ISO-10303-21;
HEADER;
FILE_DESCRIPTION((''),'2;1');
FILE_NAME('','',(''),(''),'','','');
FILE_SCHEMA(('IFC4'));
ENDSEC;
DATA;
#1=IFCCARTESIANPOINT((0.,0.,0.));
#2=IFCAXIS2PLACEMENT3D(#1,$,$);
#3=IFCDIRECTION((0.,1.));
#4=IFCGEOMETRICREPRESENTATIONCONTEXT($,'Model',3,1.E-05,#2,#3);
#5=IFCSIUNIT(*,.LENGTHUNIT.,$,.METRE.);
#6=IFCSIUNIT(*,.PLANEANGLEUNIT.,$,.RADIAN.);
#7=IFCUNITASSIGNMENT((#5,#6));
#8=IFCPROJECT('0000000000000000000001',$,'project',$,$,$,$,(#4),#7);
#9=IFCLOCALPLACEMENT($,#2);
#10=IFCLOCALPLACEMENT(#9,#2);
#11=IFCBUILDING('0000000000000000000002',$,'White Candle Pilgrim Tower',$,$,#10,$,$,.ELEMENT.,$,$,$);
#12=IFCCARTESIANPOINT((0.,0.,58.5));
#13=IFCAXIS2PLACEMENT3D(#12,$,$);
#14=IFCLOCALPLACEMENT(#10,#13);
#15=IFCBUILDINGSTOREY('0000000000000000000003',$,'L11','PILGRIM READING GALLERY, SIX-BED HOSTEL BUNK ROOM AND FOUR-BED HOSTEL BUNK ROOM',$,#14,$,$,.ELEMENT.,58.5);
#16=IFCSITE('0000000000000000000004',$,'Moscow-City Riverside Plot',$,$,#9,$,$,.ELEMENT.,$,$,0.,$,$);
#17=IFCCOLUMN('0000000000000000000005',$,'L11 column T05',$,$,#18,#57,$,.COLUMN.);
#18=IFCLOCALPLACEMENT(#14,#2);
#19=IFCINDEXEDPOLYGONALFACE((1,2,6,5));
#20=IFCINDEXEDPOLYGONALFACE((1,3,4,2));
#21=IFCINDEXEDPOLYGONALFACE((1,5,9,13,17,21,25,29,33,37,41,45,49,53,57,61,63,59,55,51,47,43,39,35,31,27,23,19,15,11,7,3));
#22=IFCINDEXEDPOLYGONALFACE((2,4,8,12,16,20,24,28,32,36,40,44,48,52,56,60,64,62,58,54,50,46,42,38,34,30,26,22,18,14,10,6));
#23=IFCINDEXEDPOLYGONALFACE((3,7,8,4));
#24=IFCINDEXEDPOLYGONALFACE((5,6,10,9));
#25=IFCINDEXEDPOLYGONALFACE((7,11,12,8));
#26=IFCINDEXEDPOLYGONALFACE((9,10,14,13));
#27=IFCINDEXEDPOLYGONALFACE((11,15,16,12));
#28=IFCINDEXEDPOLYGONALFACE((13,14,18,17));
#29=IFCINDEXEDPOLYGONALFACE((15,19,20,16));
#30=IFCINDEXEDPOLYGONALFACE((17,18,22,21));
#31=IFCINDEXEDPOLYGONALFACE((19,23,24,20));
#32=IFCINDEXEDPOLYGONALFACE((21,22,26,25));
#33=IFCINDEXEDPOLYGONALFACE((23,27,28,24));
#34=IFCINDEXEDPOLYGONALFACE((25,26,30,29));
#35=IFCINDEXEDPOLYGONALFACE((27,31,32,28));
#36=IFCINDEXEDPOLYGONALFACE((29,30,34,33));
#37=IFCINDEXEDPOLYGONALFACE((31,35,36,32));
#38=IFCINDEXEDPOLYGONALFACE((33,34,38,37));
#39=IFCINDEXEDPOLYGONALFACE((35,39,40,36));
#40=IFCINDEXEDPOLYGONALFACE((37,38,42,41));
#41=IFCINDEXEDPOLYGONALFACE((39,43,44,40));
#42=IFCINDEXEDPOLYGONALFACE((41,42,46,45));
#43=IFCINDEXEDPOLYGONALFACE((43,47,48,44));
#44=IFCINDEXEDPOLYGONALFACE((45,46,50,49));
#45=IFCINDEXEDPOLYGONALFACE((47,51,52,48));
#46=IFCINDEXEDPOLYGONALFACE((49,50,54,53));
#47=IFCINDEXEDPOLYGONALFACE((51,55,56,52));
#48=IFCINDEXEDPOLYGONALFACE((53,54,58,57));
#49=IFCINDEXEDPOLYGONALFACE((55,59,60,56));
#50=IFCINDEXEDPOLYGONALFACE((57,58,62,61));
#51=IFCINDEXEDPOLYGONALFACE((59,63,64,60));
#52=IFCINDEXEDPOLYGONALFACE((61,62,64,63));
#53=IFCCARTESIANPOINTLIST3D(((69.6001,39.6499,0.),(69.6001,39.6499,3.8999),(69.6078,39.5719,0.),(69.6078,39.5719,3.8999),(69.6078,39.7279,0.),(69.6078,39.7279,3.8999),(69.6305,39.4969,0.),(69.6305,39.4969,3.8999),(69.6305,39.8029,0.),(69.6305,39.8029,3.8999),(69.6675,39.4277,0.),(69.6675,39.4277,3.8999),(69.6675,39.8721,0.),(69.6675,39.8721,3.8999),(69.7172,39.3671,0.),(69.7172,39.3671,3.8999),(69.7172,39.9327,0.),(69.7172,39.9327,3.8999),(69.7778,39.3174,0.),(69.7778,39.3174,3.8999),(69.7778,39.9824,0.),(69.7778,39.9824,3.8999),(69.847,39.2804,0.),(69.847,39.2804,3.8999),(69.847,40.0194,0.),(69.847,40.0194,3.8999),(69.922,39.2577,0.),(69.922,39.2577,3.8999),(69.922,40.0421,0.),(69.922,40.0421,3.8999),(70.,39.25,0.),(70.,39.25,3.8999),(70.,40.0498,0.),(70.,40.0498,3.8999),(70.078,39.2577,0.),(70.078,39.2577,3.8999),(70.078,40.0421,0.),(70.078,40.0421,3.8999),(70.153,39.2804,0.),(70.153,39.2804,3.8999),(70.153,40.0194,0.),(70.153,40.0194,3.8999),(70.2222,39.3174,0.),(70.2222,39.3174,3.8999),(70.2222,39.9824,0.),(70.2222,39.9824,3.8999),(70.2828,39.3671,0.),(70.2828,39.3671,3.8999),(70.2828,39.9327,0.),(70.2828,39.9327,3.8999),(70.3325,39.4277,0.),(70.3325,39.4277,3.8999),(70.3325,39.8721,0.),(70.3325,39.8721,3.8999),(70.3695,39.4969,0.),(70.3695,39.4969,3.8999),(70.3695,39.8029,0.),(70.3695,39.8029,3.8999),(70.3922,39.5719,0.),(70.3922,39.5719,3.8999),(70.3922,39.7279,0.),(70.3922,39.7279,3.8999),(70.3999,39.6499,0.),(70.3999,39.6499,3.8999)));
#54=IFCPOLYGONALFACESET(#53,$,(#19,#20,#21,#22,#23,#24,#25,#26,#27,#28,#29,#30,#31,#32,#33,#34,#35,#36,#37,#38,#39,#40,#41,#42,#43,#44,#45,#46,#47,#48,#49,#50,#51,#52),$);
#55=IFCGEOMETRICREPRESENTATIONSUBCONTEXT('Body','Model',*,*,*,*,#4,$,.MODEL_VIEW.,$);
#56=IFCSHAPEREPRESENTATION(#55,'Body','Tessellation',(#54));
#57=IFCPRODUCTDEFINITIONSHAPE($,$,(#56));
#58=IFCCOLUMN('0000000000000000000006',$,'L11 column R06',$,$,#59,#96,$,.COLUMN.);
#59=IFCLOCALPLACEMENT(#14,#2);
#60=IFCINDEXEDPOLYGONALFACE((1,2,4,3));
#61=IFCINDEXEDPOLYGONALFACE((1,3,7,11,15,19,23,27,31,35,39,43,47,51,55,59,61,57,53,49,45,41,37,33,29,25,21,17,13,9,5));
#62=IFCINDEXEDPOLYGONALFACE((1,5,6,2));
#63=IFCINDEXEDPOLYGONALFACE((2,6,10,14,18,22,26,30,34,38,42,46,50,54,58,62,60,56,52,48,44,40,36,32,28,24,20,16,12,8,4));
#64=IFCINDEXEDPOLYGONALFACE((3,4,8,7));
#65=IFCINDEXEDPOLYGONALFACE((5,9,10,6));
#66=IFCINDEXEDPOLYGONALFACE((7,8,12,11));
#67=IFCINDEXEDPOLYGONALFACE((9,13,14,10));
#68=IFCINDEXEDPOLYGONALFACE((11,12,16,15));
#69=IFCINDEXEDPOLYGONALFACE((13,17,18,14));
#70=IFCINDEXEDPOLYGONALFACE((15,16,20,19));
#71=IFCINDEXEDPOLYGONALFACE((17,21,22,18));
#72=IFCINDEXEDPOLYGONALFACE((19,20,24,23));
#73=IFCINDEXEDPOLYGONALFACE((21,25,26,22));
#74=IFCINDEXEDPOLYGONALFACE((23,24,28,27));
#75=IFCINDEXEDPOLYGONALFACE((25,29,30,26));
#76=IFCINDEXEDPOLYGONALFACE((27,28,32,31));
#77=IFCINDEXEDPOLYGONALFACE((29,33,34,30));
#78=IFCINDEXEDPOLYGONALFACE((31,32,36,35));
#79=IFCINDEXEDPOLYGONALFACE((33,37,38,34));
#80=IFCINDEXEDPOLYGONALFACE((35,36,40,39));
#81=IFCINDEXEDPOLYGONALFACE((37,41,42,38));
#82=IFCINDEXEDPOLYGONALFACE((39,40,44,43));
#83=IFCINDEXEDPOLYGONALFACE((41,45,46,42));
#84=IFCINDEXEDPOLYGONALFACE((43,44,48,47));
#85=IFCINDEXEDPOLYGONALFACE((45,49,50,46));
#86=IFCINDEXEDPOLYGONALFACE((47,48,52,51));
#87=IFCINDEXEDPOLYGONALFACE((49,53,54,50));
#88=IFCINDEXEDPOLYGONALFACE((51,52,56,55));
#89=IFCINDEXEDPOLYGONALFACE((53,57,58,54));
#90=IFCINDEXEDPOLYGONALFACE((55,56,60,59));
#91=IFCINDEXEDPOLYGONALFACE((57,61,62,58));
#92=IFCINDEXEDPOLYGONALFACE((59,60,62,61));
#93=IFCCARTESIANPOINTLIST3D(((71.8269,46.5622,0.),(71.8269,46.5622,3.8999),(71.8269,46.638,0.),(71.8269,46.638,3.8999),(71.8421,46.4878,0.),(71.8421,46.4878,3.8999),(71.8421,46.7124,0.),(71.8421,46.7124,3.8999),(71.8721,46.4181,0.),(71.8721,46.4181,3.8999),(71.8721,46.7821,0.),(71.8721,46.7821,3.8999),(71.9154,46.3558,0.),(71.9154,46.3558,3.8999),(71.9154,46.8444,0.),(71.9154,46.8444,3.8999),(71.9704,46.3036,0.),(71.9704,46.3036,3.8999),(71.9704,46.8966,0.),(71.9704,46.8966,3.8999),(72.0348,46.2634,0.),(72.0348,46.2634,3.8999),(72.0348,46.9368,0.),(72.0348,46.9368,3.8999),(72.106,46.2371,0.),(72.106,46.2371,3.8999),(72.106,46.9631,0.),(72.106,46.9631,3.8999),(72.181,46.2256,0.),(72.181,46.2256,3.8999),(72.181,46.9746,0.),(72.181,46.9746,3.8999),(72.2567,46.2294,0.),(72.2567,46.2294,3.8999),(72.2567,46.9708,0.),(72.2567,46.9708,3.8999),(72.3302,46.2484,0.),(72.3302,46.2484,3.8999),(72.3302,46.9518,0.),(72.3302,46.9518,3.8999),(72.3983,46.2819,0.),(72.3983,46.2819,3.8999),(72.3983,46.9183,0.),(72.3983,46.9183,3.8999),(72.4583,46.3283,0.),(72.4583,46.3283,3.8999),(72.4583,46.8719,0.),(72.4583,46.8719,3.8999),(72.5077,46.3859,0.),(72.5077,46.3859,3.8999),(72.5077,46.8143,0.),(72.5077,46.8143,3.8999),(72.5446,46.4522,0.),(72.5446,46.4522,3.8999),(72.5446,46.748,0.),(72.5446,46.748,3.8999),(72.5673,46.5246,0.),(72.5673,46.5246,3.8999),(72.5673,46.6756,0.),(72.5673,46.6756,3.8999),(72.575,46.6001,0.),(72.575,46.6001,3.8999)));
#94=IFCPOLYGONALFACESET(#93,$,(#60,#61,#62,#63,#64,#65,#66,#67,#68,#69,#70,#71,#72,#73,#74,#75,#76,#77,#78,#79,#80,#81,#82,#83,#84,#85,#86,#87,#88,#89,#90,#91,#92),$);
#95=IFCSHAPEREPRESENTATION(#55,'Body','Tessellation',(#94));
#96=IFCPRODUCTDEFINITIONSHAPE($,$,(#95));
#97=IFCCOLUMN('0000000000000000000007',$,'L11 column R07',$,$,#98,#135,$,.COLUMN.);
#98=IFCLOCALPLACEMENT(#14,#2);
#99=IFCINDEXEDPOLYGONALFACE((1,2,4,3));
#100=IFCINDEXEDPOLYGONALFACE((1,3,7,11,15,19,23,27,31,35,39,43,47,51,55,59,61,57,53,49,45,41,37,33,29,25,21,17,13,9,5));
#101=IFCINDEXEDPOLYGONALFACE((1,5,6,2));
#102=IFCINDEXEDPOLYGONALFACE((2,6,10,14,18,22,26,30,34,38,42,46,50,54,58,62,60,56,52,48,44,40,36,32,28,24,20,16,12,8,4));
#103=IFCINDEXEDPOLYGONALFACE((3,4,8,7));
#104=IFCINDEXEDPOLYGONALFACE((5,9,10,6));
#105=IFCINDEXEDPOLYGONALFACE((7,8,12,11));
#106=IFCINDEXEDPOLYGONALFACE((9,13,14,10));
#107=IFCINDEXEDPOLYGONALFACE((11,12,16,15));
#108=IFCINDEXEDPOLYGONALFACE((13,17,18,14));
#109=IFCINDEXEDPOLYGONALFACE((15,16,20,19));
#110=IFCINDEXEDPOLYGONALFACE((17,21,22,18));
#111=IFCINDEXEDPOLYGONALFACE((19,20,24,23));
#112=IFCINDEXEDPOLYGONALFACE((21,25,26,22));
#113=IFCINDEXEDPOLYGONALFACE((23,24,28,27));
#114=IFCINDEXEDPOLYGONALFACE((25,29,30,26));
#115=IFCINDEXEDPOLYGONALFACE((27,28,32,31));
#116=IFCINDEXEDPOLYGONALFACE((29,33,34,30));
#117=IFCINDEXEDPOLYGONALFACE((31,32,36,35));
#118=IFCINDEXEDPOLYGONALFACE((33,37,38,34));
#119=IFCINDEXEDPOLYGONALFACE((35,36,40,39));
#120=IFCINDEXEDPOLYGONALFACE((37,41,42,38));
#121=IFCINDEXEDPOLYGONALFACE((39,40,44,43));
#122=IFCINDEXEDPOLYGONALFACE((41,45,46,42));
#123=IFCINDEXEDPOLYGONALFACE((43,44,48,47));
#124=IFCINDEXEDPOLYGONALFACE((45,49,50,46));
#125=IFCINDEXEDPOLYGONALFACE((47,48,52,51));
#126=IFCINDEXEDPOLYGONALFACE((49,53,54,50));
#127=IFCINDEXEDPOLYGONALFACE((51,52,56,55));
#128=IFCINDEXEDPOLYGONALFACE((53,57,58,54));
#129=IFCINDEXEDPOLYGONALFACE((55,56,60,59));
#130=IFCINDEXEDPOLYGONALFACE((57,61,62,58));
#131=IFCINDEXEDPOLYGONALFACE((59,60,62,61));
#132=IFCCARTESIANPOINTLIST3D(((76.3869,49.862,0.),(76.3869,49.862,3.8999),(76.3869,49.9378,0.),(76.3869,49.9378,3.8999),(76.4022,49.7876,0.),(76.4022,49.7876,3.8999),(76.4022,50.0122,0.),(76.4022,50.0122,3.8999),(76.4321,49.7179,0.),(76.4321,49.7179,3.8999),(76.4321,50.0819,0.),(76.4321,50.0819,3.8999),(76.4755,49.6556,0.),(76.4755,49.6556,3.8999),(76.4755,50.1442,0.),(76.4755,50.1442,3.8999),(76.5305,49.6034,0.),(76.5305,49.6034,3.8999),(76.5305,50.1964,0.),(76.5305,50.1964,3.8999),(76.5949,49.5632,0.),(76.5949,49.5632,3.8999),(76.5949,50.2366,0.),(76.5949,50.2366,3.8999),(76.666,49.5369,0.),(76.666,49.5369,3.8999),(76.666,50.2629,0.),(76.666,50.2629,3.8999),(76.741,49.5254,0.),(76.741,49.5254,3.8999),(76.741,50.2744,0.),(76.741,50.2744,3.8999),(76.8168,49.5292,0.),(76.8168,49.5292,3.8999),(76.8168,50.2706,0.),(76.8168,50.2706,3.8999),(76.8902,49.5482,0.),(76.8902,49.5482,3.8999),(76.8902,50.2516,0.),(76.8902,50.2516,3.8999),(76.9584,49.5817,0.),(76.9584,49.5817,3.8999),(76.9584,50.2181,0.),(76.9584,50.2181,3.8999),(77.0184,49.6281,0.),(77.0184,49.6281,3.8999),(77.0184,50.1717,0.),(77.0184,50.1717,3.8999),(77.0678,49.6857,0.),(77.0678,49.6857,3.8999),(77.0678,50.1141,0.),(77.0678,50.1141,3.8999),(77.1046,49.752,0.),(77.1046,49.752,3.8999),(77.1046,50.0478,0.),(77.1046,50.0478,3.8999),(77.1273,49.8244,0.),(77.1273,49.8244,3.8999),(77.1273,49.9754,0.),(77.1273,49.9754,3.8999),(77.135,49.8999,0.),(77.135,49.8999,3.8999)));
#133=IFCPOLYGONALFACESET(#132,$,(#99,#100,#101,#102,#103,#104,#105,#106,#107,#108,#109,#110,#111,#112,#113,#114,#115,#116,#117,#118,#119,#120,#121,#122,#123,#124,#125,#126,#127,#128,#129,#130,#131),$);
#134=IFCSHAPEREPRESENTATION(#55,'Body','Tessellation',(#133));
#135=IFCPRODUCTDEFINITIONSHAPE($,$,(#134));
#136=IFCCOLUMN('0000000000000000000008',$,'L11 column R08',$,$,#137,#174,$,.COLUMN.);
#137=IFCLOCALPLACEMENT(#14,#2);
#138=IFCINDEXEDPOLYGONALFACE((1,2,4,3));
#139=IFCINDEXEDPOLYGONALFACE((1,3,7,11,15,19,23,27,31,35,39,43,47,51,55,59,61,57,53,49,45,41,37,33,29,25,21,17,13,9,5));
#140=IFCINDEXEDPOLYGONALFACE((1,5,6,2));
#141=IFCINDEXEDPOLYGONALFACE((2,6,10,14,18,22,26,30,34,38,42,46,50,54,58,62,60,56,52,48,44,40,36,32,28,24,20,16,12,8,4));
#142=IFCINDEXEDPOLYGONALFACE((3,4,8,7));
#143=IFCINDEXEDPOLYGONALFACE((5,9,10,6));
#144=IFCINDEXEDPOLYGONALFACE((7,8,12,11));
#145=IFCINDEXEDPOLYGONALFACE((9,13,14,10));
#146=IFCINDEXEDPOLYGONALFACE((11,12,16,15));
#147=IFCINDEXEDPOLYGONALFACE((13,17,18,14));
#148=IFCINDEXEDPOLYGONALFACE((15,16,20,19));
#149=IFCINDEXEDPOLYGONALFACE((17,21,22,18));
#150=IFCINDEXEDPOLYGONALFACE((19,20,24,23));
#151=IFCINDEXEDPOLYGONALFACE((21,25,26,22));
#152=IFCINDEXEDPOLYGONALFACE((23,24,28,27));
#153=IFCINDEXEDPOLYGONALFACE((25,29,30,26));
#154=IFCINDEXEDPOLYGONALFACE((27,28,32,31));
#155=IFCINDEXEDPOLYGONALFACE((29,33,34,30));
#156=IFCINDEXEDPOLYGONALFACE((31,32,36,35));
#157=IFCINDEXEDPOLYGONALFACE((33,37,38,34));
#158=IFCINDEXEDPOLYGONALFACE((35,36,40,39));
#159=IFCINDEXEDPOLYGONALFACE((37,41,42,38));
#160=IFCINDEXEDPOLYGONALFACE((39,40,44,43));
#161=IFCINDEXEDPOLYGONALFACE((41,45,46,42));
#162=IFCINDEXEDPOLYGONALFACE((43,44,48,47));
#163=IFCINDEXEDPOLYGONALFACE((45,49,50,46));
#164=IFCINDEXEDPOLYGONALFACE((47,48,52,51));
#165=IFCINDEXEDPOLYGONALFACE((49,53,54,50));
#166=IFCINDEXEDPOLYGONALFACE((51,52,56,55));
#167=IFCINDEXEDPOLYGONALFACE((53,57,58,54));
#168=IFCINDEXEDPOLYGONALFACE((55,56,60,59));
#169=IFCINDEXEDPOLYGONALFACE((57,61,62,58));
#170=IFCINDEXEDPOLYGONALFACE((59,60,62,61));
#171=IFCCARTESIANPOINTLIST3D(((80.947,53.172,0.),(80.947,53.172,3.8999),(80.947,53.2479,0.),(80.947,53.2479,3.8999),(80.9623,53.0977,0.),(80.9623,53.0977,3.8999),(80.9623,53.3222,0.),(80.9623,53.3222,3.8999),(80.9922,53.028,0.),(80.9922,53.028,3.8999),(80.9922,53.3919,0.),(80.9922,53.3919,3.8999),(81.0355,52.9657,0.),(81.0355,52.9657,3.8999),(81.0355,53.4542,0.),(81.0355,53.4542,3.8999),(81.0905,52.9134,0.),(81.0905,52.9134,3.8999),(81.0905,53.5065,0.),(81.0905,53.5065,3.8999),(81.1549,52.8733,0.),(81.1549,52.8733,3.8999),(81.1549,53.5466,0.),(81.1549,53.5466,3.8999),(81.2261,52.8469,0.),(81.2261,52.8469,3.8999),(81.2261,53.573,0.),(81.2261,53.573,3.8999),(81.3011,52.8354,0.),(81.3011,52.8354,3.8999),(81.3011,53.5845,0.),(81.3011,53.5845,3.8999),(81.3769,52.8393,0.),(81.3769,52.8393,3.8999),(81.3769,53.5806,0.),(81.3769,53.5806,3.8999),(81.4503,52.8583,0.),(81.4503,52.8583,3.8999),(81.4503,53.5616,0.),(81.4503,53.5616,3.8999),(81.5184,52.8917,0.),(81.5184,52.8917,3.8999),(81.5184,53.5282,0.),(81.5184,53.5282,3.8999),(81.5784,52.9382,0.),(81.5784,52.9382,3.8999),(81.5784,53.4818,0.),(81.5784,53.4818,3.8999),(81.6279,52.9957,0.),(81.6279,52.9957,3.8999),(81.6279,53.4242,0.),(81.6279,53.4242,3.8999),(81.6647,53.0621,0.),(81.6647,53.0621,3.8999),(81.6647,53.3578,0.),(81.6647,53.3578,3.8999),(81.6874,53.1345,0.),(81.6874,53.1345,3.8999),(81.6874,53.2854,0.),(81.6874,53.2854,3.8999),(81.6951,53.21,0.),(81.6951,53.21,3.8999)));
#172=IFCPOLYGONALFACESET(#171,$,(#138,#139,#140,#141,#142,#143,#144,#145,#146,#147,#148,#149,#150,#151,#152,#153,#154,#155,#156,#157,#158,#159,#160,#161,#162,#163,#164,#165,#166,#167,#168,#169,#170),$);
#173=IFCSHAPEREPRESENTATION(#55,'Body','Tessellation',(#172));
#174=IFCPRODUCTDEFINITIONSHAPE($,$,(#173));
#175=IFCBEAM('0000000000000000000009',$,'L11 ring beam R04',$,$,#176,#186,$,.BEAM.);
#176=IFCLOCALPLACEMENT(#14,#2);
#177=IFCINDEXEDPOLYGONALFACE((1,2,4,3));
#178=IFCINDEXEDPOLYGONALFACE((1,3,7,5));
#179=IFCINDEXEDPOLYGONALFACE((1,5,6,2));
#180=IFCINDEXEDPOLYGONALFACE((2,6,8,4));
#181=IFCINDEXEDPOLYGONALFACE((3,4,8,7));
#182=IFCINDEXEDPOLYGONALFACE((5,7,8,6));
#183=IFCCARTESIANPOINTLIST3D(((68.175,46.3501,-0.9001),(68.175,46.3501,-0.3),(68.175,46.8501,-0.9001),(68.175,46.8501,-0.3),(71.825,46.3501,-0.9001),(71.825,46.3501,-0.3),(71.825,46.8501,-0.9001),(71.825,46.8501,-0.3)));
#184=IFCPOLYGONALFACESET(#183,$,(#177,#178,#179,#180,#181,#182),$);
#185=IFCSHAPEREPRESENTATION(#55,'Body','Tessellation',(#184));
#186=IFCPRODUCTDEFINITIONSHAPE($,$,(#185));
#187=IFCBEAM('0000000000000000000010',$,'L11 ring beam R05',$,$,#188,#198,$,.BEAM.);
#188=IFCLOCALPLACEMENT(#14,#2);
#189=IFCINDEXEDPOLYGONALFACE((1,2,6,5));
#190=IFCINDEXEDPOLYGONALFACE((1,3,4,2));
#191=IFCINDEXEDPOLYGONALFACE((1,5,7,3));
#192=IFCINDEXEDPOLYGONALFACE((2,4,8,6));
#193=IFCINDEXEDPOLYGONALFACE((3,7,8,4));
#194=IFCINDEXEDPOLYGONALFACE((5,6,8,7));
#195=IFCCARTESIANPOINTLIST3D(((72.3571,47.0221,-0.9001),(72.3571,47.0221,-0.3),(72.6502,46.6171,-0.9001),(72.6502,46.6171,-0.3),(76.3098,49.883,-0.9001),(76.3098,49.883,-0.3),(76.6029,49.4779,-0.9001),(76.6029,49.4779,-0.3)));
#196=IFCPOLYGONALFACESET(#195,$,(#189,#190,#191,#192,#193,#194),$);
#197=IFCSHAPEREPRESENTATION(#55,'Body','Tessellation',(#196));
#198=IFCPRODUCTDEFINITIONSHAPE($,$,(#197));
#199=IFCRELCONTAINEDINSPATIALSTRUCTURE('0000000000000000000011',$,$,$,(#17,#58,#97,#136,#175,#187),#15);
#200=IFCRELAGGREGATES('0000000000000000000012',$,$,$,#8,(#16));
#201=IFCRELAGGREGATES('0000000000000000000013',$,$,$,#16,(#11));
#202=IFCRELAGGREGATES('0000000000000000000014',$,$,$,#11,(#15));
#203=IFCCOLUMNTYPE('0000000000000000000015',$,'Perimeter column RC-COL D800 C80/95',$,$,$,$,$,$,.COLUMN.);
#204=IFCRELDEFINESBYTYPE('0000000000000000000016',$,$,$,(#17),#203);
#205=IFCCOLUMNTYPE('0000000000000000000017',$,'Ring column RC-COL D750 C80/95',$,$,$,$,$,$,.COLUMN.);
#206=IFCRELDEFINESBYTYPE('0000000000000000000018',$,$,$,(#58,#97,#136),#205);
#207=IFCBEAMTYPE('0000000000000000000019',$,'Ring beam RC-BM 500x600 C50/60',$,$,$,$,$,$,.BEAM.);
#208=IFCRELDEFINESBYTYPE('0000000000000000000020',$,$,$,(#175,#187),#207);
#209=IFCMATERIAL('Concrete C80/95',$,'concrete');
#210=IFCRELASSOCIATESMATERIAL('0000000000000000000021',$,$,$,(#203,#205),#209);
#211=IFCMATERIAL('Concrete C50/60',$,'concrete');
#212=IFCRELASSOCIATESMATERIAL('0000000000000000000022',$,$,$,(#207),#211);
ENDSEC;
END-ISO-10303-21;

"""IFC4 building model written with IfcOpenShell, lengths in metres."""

from ifc_helpers import new_model, si_unit, direction, frame, origin, origin_2d, place, context, subcontext, project, spatial, rectangle, circle, extrude, material, material_profile, profile_set, type_object, element, save


model = new_model("IFC4")

# Units and contexts
model_context = context("Model", 3, precision=1e-05, world=origin(), true_north=direction((0.0, 1.0)))
body_context = subcontext(model_context, "Body", "Model", "MODEL_VIEW")
ifc_project = project(units=[si_unit("LENGTHUNIT", "METRE"), si_unit("PLANEANGLEUNIT", "RADIAN")], contexts=[model_context])

# Site, building, storey
site_placement = place(None, origin())
site = spatial("IfcSite", under=ifc_project, at=site_placement, Name="Moscow-City Riverside Plot", CompositionType="ELEMENT", RefElevation=0.0)
building_placement = place(site_placement, origin())
building = spatial("IfcBuilding", under=site, at=building_placement, Name="White Candle Pilgrim Tower", CompositionType="ELEMENT")
storey_placement = place(building_placement, frame((0.0, 0.0, 58.5)))
storey = spatial("IfcBuildingStorey", under=building, at=storey_placement, Name="L11", Description="PILGRIM READING GALLERY, SIX-BED HOSTEL BUNK ROOM AND FOUR-BED HOSTEL BUNK ROOM", CompositionType="ELEMENT", Elevation=58.5)

# Columns
ifc_material_1 = material(Name="Concrete C80/95", Category="concrete")
ifc_material_profile_1 = material_profile(ifc_material_1, circle(Radius=0.3999, at=origin_2d()), Name="RC-COL D800")
ifc_profile_set_1 = profile_set([ifc_material_profile_1], Name="Concrete C80/95")
column_type_1 = type_object("IfcColumnType", Name="Perimeter column RC-COL D800 C80/95", PredefinedType="COLUMN", material=ifc_profile_set_1)
column_placement = place(storey_placement, frame((70.0, 39.6499, 0.0), z_axis=(0.0, 0.0, 1.0), x_axis=(1.0, 0.0, 0.0)))
element("IfcColumn", 1, at=column_placement, inside=storey, type_object=column_type_1, Name="L11 column T05", PredefinedType="COLUMN", context=body_context, shape_type="SweptSolid", body=[
    extrude(circle(Radius=0.3999, at=origin_2d()), origin(), (0.0, 0.0, 1.0), 3.8999),
])
ifc_material_profile_2 = material_profile(ifc_material_1, circle(Radius=0.375, at=origin_2d()), Name="RC-COL D750")
ifc_profile_set_2 = profile_set([ifc_material_profile_2], Name="Concrete C80/95")
column_type_2 = type_object("IfcColumnType", Name="Ring column RC-COL D750 C80/95", PredefinedType="COLUMN", material=ifc_profile_set_2)
for number, where, z_axis, x_axis, name in (
    (2, (72.2, 46.6001, 0.0), (0.0, 0.0, 1.0), (1.0, 0.0, 0.0), "L11 column R06"),
    (3, (76.76, 49.8999, 0.0), (0.0, 0.0, 1.0), (1.0, 0.0, 0.0), "L11 column R07"),
    (4, (81.3201, 53.21, 0.0), (0.0, 0.0, 1.0), (1.0, 0.0, 0.0), "L11 column R08"),
):
    element("IfcColumn", number, at=place(storey_placement, frame(where, z_axis=z_axis, x_axis=x_axis)), inside=storey, type_object=column_type_2, Name=name, PredefinedType="COLUMN", context=body_context, shape_type="SweptSolid", body=[
        extrude(circle(Radius=0.375, at=origin_2d()), origin(), (0.0, 0.0, 1.0), 3.8999),
    ])

# Beams
ifc_material_2 = material(Name="Concrete C50/60", Category="concrete")
ifc_material_profile_3 = material_profile(ifc_material_2, rectangle(XDim=0.5, YDim=0.6001, at=origin_2d()), Name="RC-BM 500x600")
ifc_profile_set_3 = profile_set([ifc_material_profile_3], Name="Concrete C50/60")
beam_type = type_object("IfcBeamType", Name="Ring beam RC-BM 500x600 C50/60", PredefinedType="BEAM", material=ifc_profile_set_3)
beam_1_placement = place(storey_placement, frame((68.175, 46.6001, -0.6001), z_axis=(1.0, 0.0, 0.0), x_axis=(0.0, 1.0, 0.0)))
element("IfcBeam", 5, at=beam_1_placement, inside=storey, type_object=beam_type, Name="L11 ring beam R04", PredefinedType="BEAM", context=body_context, shape_type="SweptSolid", body=[
    extrude(rectangle(XDim=0.5, YDim=0.6001, at=origin_2d()), origin(), (0.0, 0.0, 1.0), 3.6499),
])
beam_2_placement = place(storey_placement, frame((72.5037, 46.8196, -0.6001), z_axis=(0.81008, 0.58632, 0.0), x_axis=(-0.58632, 0.81008, 0.0)))
element("IfcBeam", 6, at=beam_2_placement, inside=storey, type_object=beam_type, Name="L11 ring beam R05", PredefinedType="BEAM", context=body_context, shape_type="SweptSolid", body=[
    extrude(rectangle(XDim=0.5, YDim=0.6001, at=origin_2d()), origin(), (0.0, 0.0, 1.0), 4.8794),
])

save(model, "model.ifc")
